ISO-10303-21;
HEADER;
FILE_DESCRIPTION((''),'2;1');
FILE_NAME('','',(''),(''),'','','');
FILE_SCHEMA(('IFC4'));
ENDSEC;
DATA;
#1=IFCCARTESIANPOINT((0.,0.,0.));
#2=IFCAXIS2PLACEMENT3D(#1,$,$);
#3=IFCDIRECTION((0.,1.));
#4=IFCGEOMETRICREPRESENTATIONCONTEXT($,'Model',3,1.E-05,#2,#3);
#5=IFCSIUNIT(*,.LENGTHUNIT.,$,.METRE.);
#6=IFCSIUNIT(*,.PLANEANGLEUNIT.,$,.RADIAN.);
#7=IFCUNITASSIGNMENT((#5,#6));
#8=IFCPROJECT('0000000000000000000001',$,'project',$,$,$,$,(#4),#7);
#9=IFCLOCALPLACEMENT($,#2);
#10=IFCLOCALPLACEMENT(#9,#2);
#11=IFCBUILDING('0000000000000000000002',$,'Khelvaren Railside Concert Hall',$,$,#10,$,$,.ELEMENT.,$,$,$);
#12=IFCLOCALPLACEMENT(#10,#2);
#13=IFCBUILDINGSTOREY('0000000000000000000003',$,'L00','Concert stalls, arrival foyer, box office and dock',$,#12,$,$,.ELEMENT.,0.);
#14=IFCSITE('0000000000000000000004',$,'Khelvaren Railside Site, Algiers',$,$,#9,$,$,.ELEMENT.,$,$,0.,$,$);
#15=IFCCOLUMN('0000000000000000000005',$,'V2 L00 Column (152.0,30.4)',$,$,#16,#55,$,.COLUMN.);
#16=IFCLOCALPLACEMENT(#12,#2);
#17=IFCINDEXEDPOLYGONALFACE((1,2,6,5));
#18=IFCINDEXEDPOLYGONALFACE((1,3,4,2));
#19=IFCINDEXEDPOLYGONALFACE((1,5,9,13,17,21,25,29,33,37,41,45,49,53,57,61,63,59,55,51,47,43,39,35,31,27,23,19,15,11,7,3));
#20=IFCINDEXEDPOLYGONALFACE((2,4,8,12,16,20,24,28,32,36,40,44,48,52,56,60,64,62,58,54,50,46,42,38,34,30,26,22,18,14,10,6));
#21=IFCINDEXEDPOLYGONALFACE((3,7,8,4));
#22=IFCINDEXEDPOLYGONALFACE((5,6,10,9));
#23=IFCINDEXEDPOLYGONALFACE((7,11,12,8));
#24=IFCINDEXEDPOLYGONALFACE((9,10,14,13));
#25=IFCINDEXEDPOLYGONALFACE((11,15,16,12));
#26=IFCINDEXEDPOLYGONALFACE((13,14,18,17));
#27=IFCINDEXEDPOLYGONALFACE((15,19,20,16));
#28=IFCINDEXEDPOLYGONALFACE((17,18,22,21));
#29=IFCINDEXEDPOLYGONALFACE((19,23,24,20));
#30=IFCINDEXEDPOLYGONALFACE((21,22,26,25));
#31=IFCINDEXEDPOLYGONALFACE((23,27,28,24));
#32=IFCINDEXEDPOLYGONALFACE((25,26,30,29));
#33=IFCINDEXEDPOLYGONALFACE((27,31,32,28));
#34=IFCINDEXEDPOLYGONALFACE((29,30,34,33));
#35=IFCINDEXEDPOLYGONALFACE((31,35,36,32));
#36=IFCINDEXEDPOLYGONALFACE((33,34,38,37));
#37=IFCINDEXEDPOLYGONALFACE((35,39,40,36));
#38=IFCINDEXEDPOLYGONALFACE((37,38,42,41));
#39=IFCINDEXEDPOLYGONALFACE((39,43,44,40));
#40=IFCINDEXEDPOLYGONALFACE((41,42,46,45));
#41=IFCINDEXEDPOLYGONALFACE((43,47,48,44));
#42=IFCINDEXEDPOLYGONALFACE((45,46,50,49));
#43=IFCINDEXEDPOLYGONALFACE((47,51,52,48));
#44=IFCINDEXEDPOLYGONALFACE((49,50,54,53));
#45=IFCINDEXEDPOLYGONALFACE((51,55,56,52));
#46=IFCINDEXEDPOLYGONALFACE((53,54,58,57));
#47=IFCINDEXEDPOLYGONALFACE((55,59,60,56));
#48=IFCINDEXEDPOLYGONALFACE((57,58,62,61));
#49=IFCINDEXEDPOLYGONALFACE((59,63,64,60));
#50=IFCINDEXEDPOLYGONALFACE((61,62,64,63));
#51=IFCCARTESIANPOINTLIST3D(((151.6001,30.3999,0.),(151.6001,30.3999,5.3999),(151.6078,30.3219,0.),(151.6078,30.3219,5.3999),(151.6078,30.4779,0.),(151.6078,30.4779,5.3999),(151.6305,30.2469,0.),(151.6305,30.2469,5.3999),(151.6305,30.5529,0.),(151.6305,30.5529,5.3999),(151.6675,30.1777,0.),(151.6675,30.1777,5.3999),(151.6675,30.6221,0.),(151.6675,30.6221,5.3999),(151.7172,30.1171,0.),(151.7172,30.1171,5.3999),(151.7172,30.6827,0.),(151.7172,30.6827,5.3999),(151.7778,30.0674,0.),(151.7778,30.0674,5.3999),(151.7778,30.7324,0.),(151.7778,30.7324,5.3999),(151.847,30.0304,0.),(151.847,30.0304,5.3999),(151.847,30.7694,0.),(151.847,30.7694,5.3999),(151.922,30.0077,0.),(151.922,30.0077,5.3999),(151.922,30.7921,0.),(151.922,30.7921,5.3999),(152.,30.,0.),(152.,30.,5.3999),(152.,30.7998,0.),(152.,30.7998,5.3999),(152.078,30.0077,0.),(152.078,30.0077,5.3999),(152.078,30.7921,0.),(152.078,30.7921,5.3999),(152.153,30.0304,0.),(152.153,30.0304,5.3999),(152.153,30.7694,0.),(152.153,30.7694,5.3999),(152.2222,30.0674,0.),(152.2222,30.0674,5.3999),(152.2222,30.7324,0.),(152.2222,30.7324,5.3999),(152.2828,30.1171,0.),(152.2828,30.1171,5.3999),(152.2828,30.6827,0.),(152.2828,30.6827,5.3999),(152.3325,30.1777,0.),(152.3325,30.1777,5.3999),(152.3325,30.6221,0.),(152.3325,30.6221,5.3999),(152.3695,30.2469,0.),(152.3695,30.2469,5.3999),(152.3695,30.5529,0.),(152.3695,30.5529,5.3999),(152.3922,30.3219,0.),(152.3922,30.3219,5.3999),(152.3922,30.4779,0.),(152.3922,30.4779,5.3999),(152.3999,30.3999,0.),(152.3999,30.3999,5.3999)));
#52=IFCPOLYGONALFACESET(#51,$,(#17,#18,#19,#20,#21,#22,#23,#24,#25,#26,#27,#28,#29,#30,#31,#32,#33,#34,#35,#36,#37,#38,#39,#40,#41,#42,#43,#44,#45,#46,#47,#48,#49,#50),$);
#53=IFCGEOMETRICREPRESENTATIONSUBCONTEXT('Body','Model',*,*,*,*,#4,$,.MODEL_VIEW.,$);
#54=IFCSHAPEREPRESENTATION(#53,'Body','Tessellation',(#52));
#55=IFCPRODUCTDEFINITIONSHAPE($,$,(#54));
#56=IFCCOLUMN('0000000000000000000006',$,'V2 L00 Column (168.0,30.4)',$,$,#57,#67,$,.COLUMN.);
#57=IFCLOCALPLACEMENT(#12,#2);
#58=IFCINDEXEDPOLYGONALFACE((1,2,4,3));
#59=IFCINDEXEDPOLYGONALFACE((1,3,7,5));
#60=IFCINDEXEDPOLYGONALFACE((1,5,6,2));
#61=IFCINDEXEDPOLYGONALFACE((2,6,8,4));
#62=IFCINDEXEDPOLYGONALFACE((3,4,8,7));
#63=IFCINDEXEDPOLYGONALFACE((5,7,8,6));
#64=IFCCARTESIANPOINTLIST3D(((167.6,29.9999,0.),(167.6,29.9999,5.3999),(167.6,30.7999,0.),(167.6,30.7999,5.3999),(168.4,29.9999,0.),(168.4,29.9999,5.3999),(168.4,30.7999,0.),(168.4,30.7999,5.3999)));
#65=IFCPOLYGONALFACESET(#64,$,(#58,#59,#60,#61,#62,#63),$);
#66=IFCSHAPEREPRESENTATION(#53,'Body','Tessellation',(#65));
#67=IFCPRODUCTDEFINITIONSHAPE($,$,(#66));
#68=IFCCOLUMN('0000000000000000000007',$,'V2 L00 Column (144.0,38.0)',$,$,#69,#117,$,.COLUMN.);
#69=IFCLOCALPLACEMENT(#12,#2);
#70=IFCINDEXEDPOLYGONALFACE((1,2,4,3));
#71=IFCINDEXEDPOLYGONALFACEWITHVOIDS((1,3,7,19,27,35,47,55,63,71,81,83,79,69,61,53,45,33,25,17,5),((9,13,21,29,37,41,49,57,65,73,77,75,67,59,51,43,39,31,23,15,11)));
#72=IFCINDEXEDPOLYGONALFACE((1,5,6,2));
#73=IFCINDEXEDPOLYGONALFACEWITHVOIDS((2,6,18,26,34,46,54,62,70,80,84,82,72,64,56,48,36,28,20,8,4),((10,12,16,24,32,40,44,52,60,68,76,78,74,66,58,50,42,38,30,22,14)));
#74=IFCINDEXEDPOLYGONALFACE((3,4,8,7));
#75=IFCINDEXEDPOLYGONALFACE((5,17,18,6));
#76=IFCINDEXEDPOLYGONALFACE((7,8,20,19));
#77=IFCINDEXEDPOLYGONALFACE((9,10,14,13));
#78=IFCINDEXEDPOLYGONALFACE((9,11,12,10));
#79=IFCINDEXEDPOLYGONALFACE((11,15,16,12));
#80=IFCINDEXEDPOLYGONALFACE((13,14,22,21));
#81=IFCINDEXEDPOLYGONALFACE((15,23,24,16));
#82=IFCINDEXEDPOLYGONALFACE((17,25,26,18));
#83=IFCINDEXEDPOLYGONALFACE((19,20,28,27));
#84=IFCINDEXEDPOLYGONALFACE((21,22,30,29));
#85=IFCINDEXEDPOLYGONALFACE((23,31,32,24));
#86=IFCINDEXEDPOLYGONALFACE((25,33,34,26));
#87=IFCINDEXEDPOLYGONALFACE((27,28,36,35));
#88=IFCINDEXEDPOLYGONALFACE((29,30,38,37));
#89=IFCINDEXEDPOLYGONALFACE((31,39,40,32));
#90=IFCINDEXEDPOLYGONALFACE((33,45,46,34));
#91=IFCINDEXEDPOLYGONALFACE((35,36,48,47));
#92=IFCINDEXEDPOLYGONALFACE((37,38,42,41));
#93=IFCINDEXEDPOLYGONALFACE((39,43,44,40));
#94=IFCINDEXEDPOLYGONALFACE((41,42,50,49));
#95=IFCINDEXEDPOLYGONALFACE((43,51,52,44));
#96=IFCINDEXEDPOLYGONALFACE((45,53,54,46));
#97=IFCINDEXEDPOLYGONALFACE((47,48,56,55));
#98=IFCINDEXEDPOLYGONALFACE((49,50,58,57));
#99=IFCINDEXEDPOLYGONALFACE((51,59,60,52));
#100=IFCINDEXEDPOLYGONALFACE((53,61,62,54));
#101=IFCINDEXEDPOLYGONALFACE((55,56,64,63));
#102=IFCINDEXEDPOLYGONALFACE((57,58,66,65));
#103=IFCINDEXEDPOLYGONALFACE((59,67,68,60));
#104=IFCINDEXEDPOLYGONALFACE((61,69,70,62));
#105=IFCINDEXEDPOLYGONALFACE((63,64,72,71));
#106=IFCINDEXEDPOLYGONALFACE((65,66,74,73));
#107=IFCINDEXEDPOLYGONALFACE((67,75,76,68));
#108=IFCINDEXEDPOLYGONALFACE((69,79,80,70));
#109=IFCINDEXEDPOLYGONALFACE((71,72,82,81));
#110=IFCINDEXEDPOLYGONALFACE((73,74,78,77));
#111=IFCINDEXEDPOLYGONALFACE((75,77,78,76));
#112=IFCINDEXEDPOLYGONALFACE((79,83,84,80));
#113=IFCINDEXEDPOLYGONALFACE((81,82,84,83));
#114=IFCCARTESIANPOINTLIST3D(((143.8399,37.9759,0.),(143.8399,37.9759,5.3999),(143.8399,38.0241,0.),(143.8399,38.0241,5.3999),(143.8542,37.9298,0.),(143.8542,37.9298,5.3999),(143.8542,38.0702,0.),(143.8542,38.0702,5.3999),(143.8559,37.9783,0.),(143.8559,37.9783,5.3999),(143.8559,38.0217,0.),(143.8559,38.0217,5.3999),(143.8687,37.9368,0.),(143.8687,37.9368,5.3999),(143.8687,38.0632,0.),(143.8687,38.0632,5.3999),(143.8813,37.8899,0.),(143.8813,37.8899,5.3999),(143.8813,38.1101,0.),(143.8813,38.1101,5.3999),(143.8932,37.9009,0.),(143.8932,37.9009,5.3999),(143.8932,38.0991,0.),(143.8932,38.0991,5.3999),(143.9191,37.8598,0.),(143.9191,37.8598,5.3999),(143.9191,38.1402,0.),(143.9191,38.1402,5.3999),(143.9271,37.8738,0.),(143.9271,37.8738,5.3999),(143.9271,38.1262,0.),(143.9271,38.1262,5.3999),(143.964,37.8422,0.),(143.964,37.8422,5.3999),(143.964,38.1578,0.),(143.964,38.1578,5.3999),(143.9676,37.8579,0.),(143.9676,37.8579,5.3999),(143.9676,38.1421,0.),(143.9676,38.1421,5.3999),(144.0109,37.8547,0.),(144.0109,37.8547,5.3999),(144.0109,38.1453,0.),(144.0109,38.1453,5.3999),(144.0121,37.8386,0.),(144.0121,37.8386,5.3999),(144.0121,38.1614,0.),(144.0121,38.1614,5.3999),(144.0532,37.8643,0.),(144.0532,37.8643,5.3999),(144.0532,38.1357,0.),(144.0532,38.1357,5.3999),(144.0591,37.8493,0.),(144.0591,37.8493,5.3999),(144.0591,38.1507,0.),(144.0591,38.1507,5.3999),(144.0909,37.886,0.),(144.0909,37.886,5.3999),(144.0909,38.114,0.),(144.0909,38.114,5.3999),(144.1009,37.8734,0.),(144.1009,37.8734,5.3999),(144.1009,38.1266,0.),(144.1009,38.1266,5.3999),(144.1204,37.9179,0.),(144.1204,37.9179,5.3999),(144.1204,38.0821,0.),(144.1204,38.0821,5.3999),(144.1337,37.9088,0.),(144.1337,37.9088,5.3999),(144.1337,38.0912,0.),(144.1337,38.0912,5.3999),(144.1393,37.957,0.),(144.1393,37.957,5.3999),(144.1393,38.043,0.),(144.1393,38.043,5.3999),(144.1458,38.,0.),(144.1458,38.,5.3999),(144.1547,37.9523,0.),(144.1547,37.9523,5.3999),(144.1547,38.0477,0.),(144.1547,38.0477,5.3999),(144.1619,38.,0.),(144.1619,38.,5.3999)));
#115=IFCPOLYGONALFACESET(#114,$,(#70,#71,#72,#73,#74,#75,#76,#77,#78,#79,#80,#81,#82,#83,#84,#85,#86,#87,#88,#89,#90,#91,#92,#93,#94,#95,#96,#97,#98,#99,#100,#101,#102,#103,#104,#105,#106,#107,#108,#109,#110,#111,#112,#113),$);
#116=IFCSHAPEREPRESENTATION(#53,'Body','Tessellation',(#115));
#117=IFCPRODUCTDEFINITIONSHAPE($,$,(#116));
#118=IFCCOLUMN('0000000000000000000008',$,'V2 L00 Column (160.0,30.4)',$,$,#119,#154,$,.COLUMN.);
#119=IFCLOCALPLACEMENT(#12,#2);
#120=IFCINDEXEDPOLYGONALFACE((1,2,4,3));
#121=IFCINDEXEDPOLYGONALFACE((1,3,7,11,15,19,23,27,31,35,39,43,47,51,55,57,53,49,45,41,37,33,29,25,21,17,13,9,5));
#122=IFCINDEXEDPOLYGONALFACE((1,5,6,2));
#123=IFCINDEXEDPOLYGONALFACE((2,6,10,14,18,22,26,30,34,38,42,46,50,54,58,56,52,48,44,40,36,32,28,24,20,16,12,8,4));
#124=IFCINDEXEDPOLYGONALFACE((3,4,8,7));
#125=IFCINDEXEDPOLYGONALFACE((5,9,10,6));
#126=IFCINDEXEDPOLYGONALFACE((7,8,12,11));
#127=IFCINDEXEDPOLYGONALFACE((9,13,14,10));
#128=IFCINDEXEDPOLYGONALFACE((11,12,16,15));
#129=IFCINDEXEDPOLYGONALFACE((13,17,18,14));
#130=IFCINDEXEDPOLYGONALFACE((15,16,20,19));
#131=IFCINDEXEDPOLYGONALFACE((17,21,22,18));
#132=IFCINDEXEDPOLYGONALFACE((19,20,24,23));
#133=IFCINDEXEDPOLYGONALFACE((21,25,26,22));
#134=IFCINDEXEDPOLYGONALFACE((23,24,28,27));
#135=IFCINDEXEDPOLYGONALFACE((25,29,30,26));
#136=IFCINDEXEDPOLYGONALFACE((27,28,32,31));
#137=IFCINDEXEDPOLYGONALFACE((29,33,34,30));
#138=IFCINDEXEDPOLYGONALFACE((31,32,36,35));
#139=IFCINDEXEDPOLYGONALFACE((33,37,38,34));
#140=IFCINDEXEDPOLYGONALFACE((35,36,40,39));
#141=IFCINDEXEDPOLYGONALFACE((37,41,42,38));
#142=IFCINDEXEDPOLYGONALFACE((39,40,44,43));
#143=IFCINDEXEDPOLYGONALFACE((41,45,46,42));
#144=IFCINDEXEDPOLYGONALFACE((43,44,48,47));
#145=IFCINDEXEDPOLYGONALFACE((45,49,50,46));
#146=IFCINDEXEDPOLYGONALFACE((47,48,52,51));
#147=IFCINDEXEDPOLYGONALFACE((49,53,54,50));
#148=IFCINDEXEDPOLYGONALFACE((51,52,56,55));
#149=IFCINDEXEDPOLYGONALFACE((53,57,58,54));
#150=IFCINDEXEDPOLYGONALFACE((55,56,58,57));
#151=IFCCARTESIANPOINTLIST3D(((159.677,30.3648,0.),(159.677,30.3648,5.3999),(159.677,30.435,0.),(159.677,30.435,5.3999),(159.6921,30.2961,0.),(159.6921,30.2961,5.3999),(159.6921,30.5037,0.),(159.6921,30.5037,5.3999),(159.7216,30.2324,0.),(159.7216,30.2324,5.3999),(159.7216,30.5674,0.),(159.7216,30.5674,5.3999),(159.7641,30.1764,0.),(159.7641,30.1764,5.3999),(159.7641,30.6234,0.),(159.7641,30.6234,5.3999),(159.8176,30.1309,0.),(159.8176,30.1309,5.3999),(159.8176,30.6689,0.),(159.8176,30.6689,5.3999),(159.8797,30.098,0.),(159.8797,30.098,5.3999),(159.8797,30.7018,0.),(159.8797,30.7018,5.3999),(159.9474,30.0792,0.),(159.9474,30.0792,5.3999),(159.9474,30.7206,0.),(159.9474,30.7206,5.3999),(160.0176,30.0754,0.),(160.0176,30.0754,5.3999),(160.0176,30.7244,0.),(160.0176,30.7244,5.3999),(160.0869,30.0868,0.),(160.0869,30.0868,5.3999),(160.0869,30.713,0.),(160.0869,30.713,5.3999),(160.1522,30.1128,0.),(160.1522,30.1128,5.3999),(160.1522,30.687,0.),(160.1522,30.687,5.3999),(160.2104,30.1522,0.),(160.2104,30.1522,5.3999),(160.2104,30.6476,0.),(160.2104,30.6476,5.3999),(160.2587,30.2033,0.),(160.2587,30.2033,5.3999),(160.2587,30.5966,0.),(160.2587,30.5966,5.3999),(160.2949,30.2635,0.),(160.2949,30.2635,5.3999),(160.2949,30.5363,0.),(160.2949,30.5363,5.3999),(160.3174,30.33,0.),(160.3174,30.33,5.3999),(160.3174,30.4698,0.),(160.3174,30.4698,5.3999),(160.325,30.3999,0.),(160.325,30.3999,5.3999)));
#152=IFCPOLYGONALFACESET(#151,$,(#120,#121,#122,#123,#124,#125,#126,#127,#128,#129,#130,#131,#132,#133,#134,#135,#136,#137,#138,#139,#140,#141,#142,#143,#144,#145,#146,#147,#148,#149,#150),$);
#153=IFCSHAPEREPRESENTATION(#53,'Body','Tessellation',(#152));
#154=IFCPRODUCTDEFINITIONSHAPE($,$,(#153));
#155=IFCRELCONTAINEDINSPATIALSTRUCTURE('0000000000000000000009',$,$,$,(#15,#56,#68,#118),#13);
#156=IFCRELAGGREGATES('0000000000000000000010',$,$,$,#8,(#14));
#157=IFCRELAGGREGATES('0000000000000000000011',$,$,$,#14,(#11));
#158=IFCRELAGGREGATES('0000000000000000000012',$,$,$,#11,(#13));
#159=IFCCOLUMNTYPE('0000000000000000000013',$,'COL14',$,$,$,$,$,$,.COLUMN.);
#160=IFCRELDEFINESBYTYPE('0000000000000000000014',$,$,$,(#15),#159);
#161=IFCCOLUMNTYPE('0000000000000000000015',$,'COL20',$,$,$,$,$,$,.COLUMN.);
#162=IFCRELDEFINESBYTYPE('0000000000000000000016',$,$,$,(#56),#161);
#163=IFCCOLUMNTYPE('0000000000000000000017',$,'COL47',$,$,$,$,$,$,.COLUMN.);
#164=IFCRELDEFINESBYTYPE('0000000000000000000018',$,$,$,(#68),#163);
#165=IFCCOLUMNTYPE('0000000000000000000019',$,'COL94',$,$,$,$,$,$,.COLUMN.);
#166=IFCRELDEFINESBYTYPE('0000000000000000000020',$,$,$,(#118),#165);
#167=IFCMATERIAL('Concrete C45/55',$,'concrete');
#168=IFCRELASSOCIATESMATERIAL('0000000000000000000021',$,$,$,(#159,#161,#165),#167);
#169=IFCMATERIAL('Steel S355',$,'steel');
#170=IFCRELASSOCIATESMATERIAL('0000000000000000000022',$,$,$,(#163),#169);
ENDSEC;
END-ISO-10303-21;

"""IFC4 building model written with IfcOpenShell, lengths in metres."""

from ifc_helpers import new_model, si_unit, direction, frame, origin, origin_2d, place, context, subcontext, project, spatial, rectangle, circle, hollow_circle, extrude, material, material_profile, profile_set, type_object, element, save


model = new_model("IFC4")

# Units and contexts
model_context = context("Model", 3, precision=1e-05, world=origin(), true_north=direction((0.0, 1.0)))
body_context = subcontext(model_context, "Body", "Model", "MODEL_VIEW")
ifc_project = project(units=[si_unit("LENGTHUNIT", "METRE"), si_unit("PLANEANGLEUNIT", "RADIAN")], contexts=[model_context])

# Site, building, storey
site_placement = place(None, origin())
site = spatial("IfcSite", under=ifc_project, at=site_placement, Name="Khelvaren Railside Site, Algiers", CompositionType="ELEMENT", RefElevation=0.0)
building_placement = place(site_placement, origin())
building = spatial("IfcBuilding", under=site, at=building_placement, Name="Khelvaren Railside Concert Hall", CompositionType="ELEMENT")
storey_placement = place(building_placement, origin())
storey = spatial("IfcBuildingStorey", under=building, at=storey_placement, Name="L00", Description="Concert stalls, arrival foyer, box office and dock", CompositionType="ELEMENT", Elevation=0.0)

# Columns
ifc_material_1 = material(Name="Concrete C45/55", Category="concrete")
ifc_material_profile_1 = material_profile(ifc_material_1, circle(Radius=0.3999, at=origin_2d()), Name="RC D800")
ifc_profile_set_1 = profile_set([ifc_material_profile_1], Name="Concrete C45/55")
column_type_1 = type_object("IfcColumnType", Name="COL14", PredefinedType="COLUMN", material=ifc_profile_set_1)
column_1_placement = place(storey_placement, frame((152.0, 30.3999, 0.0), z_axis=(0.0, 0.0, 1.0), x_axis=(1.0, 0.0, 0.0)))
element("IfcColumn", 1, at=column_1_placement, inside=storey, type_object=column_type_1, Name="V2 L00 Column (152.0,30.4)", PredefinedType="COLUMN", context=body_context, shape_type="SweptSolid", body=[
    extrude(circle(Radius=0.3999, at=origin_2d()), origin(), (0.0, 0.0, 1.0), 5.3999),
])
ifc_material_profile_2 = material_profile(ifc_material_1, rectangle(XDim=0.8, YDim=0.8, at=origin_2d()), Name="RC 800x800")
ifc_profile_set_2 = profile_set([ifc_material_profile_2], Name="Concrete C45/55")
column_type_2 = type_object("IfcColumnType", Name="COL20", PredefinedType="COLUMN", material=ifc_profile_set_2)
column_2_placement = place(storey_placement, frame((168.0, 30.3999, 0.0), z_axis=(0.0, 0.0, 1.0), x_axis=(1.0, 0.0, 0.0)))
element("IfcColumn", 2, at=column_2_placement, inside=storey, type_object=column_type_2, Name="V2 L00 Column (168.0,30.4)", PredefinedType="COLUMN", context=body_context, shape_type="SweptSolid", body=[
    extrude(rectangle(XDim=0.8, YDim=0.8, at=origin_2d()), origin(), (0.0, 0.0, 1.0), 5.3999),
])
ifc_material_2 = material(Name="Steel S355", Category="steel")
ifc_material_profile_3 = material_profile(ifc_material_2, hollow_circle(Radius=0.1619, WallThickness=0.0161, at=origin_2d()), Name="CHS 323.9x16")
ifc_profile_set_3 = profile_set([ifc_material_profile_3], Name="Steel S355")
column_type_3 = type_object("IfcColumnType", Name="COL47", PredefinedType="COLUMN", material=ifc_profile_set_3)
column_3_placement = place(storey_placement, frame((144.0, 38.0, 0.0), z_axis=(0.0, 0.0, 1.0), x_axis=(1.0, 0.0, 0.0)))
element("IfcColumn", 3, at=column_3_placement, inside=storey, type_object=column_type_3, Name="V2 L00 Column (144.0,38.0)", PredefinedType="COLUMN", context=body_context, shape_type="SweptSolid", body=[
    extrude(hollow_circle(Radius=0.1619, WallThickness=0.0161, at=origin_2d()), origin(), (0.0, 0.0, 1.0), 5.3999),
])
ifc_material_profile_4 = material_profile(ifc_material_1, circle(Radius=0.325, at=origin_2d()), Name="RC D650")
ifc_profile_set_4 = profile_set([ifc_material_profile_4], Name="Concrete C45/55")
column_type_4 = type_object("IfcColumnType", Name="COL94", PredefinedType="COLUMN", material=ifc_profile_set_4)
column_4_placement = place(storey_placement, frame((160.0, 30.3999, 0.0), z_axis=(0.0, 0.0, 1.0), x_axis=(1.0, 0.0, 0.0)))
element("IfcColumn", 4, at=column_4_placement, inside=storey, type_object=column_type_4, Name="V2 L00 Column (160.0,30.4)", PredefinedType="COLUMN", context=body_context, shape_type="SweptSolid", body=[
    extrude(circle(Radius=0.325, at=origin_2d()), origin(), (0.0, 0.0, 1.0), 5.3999),
])

save(model, "model.ifc")
